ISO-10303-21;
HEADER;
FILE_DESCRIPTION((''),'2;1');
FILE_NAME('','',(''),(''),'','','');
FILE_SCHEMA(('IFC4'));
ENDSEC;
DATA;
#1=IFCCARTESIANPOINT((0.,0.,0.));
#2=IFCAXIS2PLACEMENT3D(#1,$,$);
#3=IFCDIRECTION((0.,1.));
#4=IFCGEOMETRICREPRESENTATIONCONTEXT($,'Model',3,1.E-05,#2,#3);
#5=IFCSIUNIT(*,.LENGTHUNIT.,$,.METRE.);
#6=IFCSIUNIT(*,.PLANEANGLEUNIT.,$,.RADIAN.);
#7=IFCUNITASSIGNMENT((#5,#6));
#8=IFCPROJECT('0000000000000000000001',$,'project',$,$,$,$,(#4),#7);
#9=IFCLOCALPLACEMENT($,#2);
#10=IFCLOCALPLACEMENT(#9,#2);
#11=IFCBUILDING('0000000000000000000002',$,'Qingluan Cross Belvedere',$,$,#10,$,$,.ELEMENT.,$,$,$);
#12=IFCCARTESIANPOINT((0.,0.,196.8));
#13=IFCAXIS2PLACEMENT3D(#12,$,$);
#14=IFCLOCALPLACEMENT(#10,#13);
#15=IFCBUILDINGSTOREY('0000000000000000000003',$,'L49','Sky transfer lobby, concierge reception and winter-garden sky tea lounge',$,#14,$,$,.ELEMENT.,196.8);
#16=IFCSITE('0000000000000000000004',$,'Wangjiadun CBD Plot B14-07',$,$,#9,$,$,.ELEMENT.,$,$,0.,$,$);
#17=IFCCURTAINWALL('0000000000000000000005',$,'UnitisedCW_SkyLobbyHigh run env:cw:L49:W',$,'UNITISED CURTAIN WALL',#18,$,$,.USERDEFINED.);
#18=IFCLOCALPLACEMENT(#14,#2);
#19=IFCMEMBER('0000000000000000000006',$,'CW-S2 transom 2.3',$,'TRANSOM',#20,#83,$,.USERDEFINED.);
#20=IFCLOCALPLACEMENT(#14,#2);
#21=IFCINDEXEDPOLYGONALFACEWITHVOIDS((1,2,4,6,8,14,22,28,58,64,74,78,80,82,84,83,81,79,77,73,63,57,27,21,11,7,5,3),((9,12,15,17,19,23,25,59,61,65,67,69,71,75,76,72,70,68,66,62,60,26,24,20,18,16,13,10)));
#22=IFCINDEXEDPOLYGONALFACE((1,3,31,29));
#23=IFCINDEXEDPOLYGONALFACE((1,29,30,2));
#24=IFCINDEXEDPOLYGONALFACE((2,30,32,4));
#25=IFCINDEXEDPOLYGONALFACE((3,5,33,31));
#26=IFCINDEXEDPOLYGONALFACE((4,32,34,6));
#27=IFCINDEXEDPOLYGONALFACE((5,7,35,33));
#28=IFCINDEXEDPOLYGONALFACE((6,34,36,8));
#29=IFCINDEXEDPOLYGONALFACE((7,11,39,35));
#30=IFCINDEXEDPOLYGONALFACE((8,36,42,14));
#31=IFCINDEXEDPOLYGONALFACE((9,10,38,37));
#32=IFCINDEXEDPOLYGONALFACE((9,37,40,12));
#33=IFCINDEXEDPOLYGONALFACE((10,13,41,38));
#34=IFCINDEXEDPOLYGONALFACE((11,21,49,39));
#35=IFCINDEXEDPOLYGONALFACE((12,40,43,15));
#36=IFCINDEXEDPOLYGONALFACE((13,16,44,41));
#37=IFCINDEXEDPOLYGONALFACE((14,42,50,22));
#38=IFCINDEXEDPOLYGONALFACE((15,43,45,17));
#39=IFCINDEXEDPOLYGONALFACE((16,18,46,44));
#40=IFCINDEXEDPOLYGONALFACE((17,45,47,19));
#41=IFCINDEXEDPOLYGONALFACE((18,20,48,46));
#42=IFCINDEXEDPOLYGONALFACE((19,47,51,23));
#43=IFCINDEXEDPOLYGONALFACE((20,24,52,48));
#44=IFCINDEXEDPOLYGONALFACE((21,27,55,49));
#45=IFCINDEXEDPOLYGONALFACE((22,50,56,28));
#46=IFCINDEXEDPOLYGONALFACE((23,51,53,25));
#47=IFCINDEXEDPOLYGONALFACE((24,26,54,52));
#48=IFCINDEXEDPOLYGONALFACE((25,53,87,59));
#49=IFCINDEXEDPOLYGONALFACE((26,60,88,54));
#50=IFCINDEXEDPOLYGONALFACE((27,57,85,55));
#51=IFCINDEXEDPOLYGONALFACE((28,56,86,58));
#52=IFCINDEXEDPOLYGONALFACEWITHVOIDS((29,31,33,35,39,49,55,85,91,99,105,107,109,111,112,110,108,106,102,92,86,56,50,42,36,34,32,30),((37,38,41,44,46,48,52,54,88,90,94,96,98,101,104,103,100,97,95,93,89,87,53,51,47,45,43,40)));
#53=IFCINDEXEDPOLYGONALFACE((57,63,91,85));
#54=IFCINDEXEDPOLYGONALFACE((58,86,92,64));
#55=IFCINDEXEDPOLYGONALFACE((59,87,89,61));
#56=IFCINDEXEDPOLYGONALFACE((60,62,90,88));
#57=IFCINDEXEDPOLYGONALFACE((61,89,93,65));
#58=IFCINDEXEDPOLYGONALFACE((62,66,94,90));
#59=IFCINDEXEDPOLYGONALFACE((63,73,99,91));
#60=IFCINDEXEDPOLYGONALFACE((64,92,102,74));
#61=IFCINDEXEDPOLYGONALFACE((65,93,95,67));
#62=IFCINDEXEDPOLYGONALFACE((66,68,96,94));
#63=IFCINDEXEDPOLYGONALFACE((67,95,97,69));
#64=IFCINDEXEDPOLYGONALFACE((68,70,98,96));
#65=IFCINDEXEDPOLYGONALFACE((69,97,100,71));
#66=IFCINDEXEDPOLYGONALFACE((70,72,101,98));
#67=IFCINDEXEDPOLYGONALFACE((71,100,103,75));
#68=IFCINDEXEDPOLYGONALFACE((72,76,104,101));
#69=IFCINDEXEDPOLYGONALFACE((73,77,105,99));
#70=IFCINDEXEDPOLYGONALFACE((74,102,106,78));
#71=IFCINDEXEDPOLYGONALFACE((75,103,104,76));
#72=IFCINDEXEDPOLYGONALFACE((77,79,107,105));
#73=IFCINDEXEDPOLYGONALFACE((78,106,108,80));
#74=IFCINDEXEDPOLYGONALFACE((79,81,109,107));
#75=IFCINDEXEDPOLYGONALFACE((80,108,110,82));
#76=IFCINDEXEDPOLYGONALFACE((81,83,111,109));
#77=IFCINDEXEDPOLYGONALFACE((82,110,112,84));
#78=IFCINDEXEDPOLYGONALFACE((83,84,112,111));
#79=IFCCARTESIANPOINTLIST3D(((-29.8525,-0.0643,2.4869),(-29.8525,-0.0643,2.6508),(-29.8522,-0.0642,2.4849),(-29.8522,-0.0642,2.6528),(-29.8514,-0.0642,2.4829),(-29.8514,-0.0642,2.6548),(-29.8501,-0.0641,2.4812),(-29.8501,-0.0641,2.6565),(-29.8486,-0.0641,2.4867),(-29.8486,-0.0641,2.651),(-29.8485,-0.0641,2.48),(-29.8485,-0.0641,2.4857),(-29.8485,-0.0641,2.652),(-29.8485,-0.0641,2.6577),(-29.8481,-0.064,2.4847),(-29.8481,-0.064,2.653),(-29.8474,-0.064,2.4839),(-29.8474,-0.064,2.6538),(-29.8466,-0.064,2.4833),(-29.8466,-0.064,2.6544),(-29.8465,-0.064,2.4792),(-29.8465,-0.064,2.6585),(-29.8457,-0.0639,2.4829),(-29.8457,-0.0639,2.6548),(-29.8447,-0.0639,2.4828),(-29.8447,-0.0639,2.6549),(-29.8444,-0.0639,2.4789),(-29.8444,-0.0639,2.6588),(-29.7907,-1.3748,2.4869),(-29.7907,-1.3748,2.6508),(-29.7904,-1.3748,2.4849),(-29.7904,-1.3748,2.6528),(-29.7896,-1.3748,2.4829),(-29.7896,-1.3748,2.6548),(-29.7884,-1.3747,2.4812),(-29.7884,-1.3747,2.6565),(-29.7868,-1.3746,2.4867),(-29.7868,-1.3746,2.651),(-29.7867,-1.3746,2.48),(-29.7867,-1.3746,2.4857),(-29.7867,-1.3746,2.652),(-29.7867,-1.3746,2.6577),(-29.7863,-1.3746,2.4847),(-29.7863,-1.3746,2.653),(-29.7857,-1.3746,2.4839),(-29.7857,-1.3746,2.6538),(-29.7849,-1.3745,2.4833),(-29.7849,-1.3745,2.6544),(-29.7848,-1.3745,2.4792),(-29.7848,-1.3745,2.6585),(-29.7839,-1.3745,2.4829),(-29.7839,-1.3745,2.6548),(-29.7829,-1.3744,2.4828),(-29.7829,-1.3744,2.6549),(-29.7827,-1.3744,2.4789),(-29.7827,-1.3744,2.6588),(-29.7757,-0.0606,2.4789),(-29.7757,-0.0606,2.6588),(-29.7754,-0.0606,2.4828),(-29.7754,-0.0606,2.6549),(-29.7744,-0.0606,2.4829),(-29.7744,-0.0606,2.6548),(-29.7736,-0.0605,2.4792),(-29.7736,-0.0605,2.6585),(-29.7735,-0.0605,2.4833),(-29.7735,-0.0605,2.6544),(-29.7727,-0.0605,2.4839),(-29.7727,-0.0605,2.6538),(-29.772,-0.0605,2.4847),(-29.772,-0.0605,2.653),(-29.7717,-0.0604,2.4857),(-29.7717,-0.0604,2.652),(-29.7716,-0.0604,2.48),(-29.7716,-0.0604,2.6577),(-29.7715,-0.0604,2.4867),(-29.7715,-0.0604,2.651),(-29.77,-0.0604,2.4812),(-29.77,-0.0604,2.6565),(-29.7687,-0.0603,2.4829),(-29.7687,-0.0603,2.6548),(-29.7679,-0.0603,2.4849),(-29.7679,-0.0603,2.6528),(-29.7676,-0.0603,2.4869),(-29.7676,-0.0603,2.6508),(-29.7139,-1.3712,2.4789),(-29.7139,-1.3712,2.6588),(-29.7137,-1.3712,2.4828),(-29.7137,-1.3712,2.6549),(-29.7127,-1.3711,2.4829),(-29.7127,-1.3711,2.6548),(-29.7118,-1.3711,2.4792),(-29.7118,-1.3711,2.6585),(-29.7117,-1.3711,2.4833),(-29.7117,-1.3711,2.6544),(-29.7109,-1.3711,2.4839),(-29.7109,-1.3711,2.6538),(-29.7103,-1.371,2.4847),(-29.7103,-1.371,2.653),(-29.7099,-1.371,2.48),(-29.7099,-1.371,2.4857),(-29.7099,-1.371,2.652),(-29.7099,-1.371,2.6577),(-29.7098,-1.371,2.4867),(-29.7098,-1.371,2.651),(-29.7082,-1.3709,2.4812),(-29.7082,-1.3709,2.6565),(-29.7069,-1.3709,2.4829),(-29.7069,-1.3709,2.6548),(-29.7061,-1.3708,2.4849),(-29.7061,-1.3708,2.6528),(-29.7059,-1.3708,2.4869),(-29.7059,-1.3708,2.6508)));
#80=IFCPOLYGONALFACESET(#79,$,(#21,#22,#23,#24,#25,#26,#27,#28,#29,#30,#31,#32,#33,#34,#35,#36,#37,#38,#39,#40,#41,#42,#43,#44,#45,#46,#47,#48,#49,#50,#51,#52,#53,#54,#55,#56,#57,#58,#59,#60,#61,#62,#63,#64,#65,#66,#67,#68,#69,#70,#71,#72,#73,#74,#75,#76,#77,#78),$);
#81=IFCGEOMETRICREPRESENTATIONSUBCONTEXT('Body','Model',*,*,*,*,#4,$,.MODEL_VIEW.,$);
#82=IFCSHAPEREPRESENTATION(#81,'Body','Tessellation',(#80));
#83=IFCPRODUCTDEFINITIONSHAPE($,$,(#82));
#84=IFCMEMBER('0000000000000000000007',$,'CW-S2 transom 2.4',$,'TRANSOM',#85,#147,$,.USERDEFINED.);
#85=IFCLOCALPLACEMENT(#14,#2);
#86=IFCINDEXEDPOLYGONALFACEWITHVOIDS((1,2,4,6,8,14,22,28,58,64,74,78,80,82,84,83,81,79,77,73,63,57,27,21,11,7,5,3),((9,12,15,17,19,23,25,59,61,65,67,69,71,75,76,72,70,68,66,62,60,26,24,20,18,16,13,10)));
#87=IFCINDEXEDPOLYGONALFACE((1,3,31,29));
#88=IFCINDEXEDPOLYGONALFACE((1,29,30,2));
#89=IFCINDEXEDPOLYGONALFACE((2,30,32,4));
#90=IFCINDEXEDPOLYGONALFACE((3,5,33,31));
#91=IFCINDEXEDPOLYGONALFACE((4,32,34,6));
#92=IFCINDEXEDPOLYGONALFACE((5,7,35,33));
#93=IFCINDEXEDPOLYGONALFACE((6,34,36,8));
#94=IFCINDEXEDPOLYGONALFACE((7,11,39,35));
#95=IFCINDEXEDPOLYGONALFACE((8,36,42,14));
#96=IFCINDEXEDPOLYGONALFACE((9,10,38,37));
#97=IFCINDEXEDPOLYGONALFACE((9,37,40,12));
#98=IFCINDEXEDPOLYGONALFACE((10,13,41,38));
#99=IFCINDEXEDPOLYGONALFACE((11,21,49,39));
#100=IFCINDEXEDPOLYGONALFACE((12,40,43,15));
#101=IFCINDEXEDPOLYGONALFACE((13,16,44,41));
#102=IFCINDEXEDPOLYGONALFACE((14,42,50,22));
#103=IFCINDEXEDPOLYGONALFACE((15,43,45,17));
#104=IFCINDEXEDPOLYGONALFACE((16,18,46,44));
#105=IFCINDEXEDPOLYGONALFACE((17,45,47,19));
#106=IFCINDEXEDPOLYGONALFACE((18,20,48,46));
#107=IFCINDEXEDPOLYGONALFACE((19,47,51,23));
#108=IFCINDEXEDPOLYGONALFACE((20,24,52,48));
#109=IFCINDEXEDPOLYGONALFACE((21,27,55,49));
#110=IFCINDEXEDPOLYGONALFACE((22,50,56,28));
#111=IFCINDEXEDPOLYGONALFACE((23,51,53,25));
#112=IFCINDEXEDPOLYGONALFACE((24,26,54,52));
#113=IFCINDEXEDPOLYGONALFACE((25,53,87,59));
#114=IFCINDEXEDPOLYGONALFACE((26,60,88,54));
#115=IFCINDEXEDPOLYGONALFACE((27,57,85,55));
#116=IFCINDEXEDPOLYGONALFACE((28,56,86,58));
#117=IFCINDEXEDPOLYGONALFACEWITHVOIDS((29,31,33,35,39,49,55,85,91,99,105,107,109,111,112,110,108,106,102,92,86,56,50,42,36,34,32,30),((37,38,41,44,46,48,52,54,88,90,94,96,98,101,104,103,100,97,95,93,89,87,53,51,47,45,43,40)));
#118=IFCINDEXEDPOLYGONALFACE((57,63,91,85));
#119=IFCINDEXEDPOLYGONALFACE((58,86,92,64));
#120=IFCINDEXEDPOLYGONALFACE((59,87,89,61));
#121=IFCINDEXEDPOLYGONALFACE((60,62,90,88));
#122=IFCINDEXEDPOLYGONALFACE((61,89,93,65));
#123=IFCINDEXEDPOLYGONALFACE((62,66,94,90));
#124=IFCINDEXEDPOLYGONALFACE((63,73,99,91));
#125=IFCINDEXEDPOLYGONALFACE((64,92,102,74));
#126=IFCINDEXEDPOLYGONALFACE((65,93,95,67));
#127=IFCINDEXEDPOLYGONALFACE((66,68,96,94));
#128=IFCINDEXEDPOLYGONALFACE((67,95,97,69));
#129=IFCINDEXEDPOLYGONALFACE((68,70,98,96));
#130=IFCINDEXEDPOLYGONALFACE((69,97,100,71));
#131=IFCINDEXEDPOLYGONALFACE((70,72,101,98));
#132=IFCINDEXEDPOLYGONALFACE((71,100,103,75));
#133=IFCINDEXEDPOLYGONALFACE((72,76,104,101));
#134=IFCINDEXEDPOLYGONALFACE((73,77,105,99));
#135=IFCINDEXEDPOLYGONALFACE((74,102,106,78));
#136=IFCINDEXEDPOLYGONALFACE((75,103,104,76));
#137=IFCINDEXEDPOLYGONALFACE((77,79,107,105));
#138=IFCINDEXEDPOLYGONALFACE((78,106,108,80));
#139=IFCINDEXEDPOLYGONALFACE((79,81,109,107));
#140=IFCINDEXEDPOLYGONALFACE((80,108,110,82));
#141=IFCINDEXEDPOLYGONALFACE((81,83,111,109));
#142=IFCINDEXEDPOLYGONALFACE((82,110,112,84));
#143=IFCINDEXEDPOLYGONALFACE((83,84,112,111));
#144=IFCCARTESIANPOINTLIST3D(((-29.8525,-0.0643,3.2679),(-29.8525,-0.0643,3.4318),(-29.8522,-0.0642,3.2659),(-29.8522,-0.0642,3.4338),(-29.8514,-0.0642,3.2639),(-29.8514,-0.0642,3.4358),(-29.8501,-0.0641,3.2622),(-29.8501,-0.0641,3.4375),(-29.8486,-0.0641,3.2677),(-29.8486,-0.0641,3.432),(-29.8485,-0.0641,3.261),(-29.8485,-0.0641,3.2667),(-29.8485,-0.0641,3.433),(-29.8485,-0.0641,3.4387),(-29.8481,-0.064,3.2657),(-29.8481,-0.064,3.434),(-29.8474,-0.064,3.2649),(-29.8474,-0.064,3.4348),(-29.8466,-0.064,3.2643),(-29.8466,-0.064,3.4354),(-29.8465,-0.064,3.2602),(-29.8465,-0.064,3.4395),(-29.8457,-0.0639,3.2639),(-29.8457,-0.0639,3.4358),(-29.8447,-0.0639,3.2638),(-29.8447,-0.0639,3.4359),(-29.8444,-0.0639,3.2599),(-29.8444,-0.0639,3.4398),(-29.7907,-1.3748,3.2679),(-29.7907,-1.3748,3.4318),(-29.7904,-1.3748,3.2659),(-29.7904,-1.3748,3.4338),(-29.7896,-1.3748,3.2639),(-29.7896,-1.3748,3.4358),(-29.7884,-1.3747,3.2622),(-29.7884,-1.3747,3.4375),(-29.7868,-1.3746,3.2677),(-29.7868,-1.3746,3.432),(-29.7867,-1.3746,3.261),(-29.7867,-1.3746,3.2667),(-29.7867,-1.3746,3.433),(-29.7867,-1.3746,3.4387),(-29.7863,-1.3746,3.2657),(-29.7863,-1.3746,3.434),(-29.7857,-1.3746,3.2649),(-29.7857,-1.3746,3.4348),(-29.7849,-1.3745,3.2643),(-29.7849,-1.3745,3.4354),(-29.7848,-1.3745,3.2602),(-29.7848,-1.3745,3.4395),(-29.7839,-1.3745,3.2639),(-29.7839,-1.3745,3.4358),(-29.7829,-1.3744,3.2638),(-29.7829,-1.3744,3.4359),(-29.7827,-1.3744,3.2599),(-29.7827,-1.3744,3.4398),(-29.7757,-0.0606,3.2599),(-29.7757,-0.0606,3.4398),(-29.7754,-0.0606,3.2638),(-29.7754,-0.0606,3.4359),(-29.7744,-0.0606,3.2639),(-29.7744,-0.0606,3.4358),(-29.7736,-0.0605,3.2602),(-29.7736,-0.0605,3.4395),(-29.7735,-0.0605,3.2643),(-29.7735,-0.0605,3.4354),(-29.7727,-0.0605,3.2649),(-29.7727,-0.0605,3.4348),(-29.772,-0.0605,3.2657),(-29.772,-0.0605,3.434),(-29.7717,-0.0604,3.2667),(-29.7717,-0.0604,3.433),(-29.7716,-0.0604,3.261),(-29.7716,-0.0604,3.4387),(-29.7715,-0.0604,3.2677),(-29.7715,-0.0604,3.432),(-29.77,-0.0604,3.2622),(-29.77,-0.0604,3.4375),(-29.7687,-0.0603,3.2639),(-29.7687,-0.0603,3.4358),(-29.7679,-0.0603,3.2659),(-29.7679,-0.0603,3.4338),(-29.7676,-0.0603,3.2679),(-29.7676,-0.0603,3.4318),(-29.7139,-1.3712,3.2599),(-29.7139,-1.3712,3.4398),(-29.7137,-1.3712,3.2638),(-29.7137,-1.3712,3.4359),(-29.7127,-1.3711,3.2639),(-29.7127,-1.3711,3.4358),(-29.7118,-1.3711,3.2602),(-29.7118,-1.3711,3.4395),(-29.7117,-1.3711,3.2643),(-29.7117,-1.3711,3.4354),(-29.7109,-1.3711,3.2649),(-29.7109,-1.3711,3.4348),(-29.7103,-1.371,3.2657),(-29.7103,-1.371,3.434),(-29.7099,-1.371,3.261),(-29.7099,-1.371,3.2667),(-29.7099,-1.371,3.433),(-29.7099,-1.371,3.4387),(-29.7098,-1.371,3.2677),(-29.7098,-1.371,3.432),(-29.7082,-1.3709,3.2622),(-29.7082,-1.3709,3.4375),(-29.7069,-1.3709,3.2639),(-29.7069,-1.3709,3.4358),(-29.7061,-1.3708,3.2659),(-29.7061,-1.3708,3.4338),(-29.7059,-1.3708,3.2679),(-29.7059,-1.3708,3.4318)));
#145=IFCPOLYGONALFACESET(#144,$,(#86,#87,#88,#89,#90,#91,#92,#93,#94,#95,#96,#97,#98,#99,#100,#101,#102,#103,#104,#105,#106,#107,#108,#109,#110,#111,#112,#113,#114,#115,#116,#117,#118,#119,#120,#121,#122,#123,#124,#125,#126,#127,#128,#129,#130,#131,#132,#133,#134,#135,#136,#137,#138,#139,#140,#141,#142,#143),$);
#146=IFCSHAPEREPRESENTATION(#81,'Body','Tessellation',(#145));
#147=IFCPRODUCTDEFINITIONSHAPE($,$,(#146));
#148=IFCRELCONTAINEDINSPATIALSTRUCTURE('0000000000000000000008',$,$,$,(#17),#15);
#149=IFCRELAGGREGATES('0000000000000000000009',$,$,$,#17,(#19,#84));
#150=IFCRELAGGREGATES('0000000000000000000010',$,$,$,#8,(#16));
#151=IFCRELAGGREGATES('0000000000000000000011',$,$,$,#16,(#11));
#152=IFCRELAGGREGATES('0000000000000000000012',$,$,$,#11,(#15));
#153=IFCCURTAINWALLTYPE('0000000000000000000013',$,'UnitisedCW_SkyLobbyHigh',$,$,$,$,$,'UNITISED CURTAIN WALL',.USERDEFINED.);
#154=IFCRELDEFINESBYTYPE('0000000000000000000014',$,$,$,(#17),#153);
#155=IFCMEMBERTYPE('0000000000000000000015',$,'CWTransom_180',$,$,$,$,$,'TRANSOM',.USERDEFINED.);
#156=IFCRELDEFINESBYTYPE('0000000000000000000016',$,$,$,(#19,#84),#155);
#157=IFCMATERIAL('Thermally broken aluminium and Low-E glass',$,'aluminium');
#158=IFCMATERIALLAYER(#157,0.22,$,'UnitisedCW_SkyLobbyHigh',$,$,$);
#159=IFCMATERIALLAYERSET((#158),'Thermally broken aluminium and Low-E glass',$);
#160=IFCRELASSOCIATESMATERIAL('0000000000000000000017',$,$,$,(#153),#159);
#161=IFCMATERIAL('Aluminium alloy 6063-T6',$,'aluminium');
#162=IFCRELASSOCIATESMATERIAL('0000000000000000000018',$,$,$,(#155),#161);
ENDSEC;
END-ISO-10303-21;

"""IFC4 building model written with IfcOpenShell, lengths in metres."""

from ifc_helpers import new_model, si_unit, direction, frame, origin, origin_2d, place, context, subcontext, project, spatial, hollow_rectangle, extrude, material, layer, layer_set, material_profile, profile_set, type_object, element, aggregate, save


model = new_model("IFC4")

# Units and contexts
model_context = context("Model", 3, precision=1e-05, world=origin(), true_north=direction((0.0, 1.0)))
body_context = subcontext(model_context, "Body", "Model", "MODEL_VIEW")
ifc_project = project(units=[si_unit("LENGTHUNIT", "METRE"), si_unit("PLANEANGLEUNIT", "RADIAN")], contexts=[model_context])

# Site, building, storey
site_placement = place(None, origin())
site = spatial("IfcSite", under=ifc_project, at=site_placement, Name="Wangjiadun CBD Plot B14-07", CompositionType="ELEMENT", RefElevation=0.0)
building_placement = place(site_placement, origin())
building = spatial("IfcBuilding", under=site, at=building_placement, Name="Qingluan Cross Belvedere", CompositionType="ELEMENT")
storey_placement = place(building_placement, frame((0.0, 0.0, 196.8)))
storey = spatial("IfcBuildingStorey", under=building, at=storey_placement, Name="L49", Description="Sky transfer lobby, concierge reception and winter-garden sky tea lounge", CompositionType="ELEMENT", Elevation=196.8)

# Curtain wall, members
ifc_material_1 = material(Name="Thermally broken aluminium and Low-E glass", Category="aluminium")
ifc_layer_1 = layer(ifc_material_1, 0.22, Name="UnitisedCW_SkyLobbyHigh")
ifc_layer_set_1 = layer_set([ifc_layer_1], Name="Thermally broken aluminium and Low-E glass")
curtain_wall_type = type_object("IfcCurtainWallType", Name="UnitisedCW_SkyLobbyHigh", ElementType="UNITISED CURTAIN WALL", PredefinedType="USERDEFINED", material=ifc_layer_set_1)
curtain_wall_placement = place(storey_placement, origin())
curtain_wall = element("IfcCurtainWall", 1, at=curtain_wall_placement, inside=storey, type_object=curtain_wall_type, Name="UnitisedCW_SkyLobbyHigh run env:cw:L49:W", ObjectType="UNITISED CURTAIN WALL", PredefinedType="USERDEFINED")
ifc_material_2 = material(Name="Aluminium alloy 6063-T6", Category="aluminium")
ifc_material_profile_1 = material_profile(ifc_material_2, hollow_rectangle(XDim=0.085, YDim=0.1799, WallThickness=0.0039, InnerFilletRadius=0.0039, OuterFilletRadius=0.0081, at=origin_2d()), Name="CWT180x85x4")
ifc_profile_set_1 = profile_set([ifc_material_profile_1], Name="Aluminium alloy 6063-T6")
member_type_1 = type_object("IfcMemberType", Name="CWTransom_180", ElementType="TRANSOM", PredefinedType="USERDEFINED", material=ifc_profile_set_1)
member_1_placement = place(storey_placement, frame((-29.8101, -0.0623, 2.5688), z_axis=(0.047079, -0.998891, 0.0), x_axis=(0.998891, 0.047079, 0.0)))
member_1 = element("IfcMember", 2, at=member_1_placement, type_object=member_type_1, Name="CW-S2 transom 2.3", ObjectType="TRANSOM", PredefinedType="USERDEFINED", context=body_context, shape_type="SweptSolid", body=[
    extrude(hollow_rectangle(XDim=0.085, YDim=0.1799, WallThickness=0.0039, InnerFilletRadius=0.0039, OuterFilletRadius=0.0081, at=origin_2d()), origin(), (0.0, 0.0, 1.0), 1.312),
])
member_2_placement = place(storey_placement, frame((-29.8101, -0.0623, 3.3499), z_axis=(0.047079, -0.998891, 0.0), x_axis=(0.998891, 0.047079, 0.0)))
member_2 = element("IfcMember", 3, at=member_2_placement, type_object=member_type_1, Name="CW-S2 transom 2.4", ObjectType="TRANSOM", PredefinedType="USERDEFINED", context=body_context, shape_type="SweptSolid", body=[
    extrude(hollow_rectangle(XDim=0.085, YDim=0.1799, WallThickness=0.0039, InnerFilletRadius=0.0039, OuterFilletRadius=0.0081, at=origin_2d()), origin(), (0.0, 0.0, 1.0), 1.312),
])
aggregate(curtain_wall, [member_1, member_2])

save(model, "model.ifc")
